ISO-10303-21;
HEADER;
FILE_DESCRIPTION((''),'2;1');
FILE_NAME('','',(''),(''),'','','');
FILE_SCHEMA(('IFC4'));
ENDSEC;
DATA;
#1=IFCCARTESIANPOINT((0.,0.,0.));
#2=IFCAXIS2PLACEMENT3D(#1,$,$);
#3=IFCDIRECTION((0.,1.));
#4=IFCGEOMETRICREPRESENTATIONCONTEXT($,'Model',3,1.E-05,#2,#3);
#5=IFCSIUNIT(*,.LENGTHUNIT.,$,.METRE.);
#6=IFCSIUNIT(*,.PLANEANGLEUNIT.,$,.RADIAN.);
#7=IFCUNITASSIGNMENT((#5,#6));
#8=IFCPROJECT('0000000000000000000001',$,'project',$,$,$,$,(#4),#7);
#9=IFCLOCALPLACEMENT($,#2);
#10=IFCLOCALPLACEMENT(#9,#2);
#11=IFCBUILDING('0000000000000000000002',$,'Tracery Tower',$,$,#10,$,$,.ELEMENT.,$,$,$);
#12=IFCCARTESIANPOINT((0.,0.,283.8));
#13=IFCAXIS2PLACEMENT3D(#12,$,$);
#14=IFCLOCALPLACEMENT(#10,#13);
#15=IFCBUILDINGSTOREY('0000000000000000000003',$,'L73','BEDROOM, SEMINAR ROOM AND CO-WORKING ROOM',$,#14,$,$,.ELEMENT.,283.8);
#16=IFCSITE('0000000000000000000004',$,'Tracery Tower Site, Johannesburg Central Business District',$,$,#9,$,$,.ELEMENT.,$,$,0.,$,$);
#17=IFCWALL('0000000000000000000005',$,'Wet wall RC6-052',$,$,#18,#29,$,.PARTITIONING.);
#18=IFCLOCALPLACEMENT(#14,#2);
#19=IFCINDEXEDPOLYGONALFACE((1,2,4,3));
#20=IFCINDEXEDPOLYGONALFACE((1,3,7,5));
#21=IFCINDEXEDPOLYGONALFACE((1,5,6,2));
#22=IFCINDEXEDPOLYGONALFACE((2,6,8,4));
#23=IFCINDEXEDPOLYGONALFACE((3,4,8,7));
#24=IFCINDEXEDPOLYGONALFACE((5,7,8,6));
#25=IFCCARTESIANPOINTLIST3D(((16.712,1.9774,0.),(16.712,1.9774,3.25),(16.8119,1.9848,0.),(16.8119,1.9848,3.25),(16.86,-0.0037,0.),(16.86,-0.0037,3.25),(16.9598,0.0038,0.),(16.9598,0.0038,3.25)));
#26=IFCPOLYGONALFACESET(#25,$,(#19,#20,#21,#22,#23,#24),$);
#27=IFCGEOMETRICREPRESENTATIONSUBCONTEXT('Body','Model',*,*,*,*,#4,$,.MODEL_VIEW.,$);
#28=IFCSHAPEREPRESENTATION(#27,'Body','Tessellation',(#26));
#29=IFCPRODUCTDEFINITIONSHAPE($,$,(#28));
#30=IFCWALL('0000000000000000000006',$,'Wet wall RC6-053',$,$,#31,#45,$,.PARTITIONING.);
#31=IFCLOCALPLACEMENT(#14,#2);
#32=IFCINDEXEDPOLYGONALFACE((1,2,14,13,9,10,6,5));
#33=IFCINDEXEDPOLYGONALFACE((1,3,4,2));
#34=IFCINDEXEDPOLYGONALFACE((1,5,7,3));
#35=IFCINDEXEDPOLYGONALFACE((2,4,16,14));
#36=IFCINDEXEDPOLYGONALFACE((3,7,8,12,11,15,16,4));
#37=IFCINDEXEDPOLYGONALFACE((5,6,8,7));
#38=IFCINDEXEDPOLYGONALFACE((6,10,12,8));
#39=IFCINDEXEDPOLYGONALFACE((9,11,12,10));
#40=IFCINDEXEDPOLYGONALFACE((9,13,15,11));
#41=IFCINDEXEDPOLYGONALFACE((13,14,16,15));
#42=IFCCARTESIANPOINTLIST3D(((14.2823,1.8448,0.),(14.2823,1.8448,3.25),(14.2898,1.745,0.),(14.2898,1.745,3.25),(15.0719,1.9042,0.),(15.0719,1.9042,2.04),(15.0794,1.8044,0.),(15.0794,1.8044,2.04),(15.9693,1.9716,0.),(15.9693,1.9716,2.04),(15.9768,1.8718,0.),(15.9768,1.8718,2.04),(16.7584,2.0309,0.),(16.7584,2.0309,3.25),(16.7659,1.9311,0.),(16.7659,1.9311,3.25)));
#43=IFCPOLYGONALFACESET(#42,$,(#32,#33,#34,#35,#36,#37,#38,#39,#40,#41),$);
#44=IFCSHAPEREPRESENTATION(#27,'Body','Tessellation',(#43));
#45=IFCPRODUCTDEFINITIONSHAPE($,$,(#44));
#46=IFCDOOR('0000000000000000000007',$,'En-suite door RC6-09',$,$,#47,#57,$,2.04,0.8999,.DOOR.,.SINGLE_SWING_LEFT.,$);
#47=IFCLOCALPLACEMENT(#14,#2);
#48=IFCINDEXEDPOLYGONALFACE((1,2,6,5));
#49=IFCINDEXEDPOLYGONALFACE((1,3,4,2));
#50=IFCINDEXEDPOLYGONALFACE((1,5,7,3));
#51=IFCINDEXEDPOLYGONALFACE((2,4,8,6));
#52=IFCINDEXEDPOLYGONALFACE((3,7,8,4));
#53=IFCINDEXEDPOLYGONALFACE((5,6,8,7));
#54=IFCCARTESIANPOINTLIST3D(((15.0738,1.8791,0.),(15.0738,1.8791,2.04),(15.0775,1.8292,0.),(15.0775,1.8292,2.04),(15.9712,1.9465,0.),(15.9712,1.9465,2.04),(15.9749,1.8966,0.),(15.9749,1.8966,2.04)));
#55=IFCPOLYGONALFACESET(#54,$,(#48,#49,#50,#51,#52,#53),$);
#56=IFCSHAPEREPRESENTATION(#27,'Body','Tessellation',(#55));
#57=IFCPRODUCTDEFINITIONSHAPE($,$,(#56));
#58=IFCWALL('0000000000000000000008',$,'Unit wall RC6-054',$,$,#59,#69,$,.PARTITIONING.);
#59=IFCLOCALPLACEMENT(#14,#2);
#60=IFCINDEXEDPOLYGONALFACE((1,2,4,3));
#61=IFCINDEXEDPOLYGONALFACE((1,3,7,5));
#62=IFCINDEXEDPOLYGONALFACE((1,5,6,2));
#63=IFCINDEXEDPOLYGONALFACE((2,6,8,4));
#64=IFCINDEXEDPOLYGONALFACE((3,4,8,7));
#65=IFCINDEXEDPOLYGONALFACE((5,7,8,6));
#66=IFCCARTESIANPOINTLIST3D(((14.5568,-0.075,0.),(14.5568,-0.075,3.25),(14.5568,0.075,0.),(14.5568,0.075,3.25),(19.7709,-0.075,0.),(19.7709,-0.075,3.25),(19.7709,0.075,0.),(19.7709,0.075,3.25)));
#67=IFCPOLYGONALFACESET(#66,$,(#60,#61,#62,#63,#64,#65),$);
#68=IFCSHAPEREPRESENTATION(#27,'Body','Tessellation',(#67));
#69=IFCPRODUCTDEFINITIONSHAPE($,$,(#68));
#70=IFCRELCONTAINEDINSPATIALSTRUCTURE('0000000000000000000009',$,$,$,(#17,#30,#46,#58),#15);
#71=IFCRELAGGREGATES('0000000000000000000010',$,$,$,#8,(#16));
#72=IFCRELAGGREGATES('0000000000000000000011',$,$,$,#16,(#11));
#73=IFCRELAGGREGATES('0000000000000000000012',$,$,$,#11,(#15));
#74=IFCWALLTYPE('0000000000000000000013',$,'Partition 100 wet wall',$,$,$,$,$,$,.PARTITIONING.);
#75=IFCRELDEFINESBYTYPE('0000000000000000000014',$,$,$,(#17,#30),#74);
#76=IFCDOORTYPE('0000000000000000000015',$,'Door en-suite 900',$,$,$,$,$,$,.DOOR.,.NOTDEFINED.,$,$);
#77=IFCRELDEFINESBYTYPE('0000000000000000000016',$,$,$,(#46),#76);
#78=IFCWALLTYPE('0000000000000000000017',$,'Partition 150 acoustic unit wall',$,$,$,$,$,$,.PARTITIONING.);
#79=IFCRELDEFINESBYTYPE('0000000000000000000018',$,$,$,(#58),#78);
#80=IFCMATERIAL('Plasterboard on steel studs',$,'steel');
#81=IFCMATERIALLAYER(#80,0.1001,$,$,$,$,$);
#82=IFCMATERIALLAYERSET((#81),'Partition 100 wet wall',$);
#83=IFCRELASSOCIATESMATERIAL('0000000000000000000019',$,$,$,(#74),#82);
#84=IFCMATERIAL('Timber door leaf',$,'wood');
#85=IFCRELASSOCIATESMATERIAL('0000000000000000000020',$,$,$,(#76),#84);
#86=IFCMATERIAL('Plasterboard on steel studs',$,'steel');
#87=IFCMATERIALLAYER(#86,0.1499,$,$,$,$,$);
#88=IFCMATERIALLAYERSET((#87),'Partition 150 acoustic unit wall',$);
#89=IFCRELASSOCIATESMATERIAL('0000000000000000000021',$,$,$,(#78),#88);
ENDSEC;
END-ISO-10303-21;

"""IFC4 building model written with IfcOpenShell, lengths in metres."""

from ifc_helpers import new_model, si_unit, direction, frame, frame_2d, origin, place, context, subcontext, project, spatial, rectangle, extrude, material, layer, layer_set, type_object, element, fill, save


model = new_model("IFC4")

# Units and contexts
model_context = context("Model", 3, precision=1e-05, world=origin(), true_north=direction((0.0, 1.0)))
body_context = subcontext(model_context, "Body", "Model", "MODEL_VIEW")
ifc_project = project(units=[si_unit("LENGTHUNIT", "METRE"), si_unit("PLANEANGLEUNIT", "RADIAN")], contexts=[model_context])

# Site, building, storey
site_placement = place(None, origin())
site = spatial("IfcSite", under=ifc_project, at=site_placement, Name="Tracery Tower Site, Johannesburg Central Business District", CompositionType="ELEMENT", RefElevation=0.0)
building_placement = place(site_placement, origin())
building = spatial("IfcBuilding", under=site, at=building_placement, Name="Tracery Tower", CompositionType="ELEMENT")
storey_placement = place(building_placement, frame((0.0, 0.0, 283.8)))
storey = spatial("IfcBuildingStorey", under=building, at=storey_placement, Name="L73", Description="BEDROOM, SEMINAR ROOM AND CO-WORKING ROOM", CompositionType="ELEMENT", Elevation=283.8)

# Wall
ifc_material_1 = material(Name="Plasterboard on steel studs", Category="steel")
ifc_layer_1 = layer(ifc_material_1, 0.1001)
ifc_layer_set_1 = layer_set([ifc_layer_1], Name="Partition 100 wet wall")
wall_type_1 = type_object("IfcWallType", Name="Partition 100 wet wall", PredefinedType="PARTITIONING", material=ifc_layer_set_1)
wall_1_placement = place(storey_placement, frame((16.762, 1.981, 0.0), z_axis=(0.0, 0.0, 1.0), x_axis=(0.074478, -0.997223, 0.0)))
element("IfcWall", 1, at=wall_1_placement, inside=storey, type_object=wall_type_1, Name="Wet wall RC6-052", PredefinedType="PARTITIONING", context=body_context, shape_type="SweptSolid", body=[
    extrude(rectangle(XDim=1.9866, YDim=0.1001, at=frame_2d((0.9932, 0.0))), origin(), (0.0, 0.0, 1.0), 3.25),
])

# Wall, opening, door
wall_2_placement = place(storey_placement, frame((14.2859, 1.7949, 0.0), z_axis=(0.0, 0.0, 1.0), x_axis=(0.997189, 0.074922, 0.0)))
wall_2 = element("IfcWall", 2, at=wall_2_placement, inside=storey, type_object=wall_type_1, Name="Wet wall RC6-053", PredefinedType="PARTITIONING", context=body_context, shape_type="SweptSolid", body=[
    extrude(rectangle(XDim=2.4832, YDim=0.1001, at=frame_2d((1.2417, 0.0))), origin(), (0.0, 0.0, 1.0), 3.25),
])
opening_1_placement = place(wall_2_placement, frame((0.792, 0.0, 0.0)))
opening_1 = element("IfcOpeningElement", 3, at=opening_1_placement, cuts=wall_2, PredefinedType="OPENING", context=body_context, shape_type="SweptSolid", body=[
    extrude(rectangle(XDim=0.8999, YDim=2.04, at=frame_2d((0.45, 1.02))), frame((0.0, 0.05, 0.0), z_axis=(0.0, -1.0, 0.0), x_axis=(1.0, 0.0, 0.0)), (0.0, 0.0, 1.0), 0.1001),
])
ifc_material_2 = material(Name="Timber door leaf", Category="wood")
door_type_1 = type_object("IfcDoorType", Name="Door en-suite 900", OperationType="NOTDEFINED", PredefinedType="DOOR", material=ifc_material_2)
door_1_placement = place(opening_1_placement, origin())
door_1 = element("IfcDoor", 4, at=door_1_placement, inside=storey, type_object=door_type_1, Name="En-suite door RC6-09", OperationType="SINGLE_SWING_LEFT", OverallHeight=2.04, OverallWidth=0.8999, PredefinedType="DOOR", context=body_context, shape_type="SweptSolid", body=[
    extrude(rectangle(XDim=0.8999, YDim=2.04, at=frame_2d((0.45, 1.02))), frame((0.0, 0.0249, 0.0), z_axis=(0.0, -1.0, 0.0), x_axis=(1.0, 0.0, 0.0)), (0.0, 0.0, 1.0), 0.05),
])
fill(opening_1, door_1)

# Wall
ifc_material_3 = material(Name="Plasterboard on steel studs", Category="steel")
ifc_layer_2 = layer(ifc_material_3, 0.1499)
ifc_layer_set_2 = layer_set([ifc_layer_2], Name="Partition 150 acoustic unit wall")
wall_type_2 = type_object("IfcWallType", Name="Partition 150 acoustic unit wall", PredefinedType="PARTITIONING", material=ifc_layer_set_2)
wall_3_placement = place(storey_placement, frame((14.5569, 0.0, 0.0), z_axis=(0.0, 0.0, 1.0), x_axis=(1.0, 0.0, 0.0)))
element("IfcWall", 5, at=wall_3_placement, inside=storey, type_object=wall_type_2, Name="Unit wall RC6-054", PredefinedType="PARTITIONING", context=body_context, shape_type="SweptSolid", body=[
    extrude(rectangle(XDim=5.2141, YDim=0.1499, at=frame_2d((2.6069, 0.0))), origin(), (0.0, 0.0, 1.0), 3.25),
])

save(model, "model.ifc")
